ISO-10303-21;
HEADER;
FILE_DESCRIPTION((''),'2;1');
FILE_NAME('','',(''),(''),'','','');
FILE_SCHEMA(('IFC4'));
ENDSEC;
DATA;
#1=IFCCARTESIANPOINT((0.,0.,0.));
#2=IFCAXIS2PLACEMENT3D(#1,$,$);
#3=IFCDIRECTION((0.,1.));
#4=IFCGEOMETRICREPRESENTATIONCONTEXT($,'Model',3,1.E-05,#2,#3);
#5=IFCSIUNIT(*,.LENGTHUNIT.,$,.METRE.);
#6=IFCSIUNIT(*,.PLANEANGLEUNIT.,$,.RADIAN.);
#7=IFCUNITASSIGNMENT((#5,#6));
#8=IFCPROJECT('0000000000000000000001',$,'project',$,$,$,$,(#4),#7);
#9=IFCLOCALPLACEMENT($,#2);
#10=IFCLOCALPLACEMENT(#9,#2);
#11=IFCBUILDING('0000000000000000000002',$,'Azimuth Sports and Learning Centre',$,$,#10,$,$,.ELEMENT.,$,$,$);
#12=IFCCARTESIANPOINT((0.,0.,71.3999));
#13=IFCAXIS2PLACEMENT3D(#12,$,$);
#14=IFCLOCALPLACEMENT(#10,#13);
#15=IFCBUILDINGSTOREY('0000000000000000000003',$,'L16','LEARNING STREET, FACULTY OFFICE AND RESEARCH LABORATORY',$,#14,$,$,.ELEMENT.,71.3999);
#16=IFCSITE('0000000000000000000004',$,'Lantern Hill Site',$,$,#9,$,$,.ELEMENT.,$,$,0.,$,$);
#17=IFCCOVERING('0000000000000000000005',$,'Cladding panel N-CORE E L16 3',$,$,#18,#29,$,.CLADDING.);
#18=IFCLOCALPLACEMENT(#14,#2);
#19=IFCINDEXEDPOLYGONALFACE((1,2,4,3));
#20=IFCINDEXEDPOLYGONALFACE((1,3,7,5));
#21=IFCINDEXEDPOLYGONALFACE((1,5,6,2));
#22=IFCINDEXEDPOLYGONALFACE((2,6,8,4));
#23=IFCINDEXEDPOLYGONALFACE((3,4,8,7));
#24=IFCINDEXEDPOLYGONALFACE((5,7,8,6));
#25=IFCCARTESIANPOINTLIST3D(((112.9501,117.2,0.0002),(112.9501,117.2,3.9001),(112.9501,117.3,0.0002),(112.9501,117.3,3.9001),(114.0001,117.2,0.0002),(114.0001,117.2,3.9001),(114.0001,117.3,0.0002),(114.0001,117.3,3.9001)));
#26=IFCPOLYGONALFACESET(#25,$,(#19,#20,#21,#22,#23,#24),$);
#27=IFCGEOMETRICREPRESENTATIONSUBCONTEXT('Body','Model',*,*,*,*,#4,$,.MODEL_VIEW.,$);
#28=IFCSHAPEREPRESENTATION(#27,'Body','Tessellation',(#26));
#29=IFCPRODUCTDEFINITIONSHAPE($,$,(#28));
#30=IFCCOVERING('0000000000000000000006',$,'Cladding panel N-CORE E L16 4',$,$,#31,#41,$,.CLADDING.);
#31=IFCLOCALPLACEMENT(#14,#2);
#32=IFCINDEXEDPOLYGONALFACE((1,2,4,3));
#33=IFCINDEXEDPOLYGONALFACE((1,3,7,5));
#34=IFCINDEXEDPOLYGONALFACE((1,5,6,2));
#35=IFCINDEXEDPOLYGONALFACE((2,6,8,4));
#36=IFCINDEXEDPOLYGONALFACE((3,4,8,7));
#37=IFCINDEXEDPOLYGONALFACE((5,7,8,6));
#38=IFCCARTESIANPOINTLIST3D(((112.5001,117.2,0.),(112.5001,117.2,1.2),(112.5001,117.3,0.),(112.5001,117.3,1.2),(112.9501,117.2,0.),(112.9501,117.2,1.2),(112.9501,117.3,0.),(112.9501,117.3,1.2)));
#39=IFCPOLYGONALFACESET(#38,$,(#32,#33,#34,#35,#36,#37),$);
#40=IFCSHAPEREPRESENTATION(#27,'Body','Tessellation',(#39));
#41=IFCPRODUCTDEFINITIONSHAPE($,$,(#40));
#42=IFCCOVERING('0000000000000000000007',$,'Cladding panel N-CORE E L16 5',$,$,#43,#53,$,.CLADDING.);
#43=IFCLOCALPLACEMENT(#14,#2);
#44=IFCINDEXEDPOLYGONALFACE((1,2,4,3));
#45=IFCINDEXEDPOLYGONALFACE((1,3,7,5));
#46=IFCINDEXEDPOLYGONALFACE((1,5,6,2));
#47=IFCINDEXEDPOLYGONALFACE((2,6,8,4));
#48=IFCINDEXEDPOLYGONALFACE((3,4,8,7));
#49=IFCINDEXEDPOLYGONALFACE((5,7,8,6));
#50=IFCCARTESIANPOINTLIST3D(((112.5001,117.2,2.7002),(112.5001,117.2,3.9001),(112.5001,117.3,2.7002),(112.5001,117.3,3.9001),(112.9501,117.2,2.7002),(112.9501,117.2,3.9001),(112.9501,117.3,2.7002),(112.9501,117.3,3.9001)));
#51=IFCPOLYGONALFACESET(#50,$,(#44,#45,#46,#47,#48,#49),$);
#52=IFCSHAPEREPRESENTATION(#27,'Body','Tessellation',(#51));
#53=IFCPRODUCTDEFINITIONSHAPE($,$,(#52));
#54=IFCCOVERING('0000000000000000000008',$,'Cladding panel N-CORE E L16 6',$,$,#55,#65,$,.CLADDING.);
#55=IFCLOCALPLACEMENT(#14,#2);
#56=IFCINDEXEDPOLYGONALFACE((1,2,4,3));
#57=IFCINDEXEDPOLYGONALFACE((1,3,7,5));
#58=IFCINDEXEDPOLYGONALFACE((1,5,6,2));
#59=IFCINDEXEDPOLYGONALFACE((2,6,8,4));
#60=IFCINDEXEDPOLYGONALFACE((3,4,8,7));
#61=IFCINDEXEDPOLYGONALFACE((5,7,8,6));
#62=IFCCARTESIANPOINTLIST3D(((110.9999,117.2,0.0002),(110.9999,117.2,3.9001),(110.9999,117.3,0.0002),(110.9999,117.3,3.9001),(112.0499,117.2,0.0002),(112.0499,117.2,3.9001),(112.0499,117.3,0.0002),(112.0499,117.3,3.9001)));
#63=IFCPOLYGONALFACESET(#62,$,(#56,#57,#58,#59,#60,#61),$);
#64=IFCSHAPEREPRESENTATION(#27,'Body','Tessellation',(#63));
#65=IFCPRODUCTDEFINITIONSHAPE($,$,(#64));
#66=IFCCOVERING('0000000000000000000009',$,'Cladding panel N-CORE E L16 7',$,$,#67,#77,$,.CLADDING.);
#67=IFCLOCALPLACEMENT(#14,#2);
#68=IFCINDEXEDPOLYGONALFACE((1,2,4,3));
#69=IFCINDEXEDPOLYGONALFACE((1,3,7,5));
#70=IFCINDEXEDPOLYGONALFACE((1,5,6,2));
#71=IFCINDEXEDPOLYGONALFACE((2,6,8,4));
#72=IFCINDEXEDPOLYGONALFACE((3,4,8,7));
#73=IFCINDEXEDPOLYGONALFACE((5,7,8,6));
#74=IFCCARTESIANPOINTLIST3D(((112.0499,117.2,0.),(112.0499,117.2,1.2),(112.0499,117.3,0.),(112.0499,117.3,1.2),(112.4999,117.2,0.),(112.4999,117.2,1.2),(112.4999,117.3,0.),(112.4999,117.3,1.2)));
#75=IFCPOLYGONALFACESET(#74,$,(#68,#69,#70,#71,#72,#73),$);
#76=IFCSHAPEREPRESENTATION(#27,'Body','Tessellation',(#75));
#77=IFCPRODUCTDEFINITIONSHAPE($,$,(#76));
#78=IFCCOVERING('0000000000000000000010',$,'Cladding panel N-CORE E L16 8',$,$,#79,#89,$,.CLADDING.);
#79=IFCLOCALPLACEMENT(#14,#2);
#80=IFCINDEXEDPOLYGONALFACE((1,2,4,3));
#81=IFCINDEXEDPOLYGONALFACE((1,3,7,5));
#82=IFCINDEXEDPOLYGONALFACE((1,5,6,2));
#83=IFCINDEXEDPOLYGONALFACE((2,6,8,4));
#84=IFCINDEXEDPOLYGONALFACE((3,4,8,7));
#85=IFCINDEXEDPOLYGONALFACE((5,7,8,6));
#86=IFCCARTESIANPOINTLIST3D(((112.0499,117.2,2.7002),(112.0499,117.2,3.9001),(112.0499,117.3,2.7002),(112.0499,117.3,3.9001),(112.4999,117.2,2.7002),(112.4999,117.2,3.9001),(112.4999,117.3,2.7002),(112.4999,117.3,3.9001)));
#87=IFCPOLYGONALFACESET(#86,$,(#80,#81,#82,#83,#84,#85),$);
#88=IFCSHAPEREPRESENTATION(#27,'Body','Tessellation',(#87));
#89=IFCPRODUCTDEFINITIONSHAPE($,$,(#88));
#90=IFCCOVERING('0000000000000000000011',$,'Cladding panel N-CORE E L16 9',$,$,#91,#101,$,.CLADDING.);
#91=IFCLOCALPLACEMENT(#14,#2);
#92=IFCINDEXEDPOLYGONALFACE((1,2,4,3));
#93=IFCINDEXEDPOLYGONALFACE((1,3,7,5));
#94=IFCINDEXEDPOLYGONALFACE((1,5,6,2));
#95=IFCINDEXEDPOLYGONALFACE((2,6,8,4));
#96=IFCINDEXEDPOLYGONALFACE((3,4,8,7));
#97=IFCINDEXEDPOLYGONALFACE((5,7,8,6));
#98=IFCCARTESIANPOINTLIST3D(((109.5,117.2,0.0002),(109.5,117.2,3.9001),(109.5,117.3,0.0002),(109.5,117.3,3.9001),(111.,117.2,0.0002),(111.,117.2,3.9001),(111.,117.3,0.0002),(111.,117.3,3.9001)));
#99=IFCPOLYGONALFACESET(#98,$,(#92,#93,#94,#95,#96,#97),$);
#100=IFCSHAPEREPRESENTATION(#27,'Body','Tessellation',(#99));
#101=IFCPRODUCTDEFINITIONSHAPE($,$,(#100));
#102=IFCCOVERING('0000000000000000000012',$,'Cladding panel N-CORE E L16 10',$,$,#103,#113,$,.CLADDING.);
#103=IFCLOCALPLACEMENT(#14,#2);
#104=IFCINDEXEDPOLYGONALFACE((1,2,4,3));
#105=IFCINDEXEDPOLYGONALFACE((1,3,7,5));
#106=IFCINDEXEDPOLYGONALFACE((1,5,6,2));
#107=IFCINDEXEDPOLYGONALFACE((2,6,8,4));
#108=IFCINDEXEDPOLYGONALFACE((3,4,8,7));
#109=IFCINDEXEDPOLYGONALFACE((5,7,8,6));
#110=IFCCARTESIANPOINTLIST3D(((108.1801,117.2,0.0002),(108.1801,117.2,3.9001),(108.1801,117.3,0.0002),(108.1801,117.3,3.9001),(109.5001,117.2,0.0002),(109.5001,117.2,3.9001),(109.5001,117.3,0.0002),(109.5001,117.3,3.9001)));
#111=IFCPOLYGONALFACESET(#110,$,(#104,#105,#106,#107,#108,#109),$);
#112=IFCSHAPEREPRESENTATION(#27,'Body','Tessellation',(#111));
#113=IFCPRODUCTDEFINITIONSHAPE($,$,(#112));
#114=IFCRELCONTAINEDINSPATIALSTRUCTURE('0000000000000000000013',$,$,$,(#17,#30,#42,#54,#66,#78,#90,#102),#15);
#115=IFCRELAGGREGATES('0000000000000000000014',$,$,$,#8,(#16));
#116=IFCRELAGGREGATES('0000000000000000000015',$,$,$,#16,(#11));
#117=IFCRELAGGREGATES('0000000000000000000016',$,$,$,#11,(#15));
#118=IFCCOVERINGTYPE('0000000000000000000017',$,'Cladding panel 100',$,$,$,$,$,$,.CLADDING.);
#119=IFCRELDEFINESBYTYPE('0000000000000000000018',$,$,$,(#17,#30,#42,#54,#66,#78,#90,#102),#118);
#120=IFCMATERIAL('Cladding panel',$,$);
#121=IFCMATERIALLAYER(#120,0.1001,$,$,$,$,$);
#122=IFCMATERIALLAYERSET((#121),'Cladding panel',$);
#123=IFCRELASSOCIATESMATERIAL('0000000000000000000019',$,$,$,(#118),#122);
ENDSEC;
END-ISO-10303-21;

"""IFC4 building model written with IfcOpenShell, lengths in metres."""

from ifc_helpers import new_model, si_unit, direction, frame, origin, origin_2d, place, context, subcontext, project, spatial, rectangle, extrude, material, layer, layer_set, type_object, element, save


model = new_model("IFC4")

# Units and contexts
model_context = context("Model", 3, precision=1e-05, world=origin(), true_north=direction((0.0, 1.0)))
body_context = subcontext(model_context, "Body", "Model", "MODEL_VIEW")
ifc_project = project(units=[si_unit("LENGTHUNIT", "METRE"), si_unit("PLANEANGLEUNIT", "RADIAN")], contexts=[model_context])

# Site, building, storey
site_placement = place(None, origin())
site = spatial("IfcSite", under=ifc_project, at=site_placement, Name="Lantern Hill Site", CompositionType="ELEMENT", RefElevation=0.0)
building_placement = place(site_placement, origin())
building = spatial("IfcBuilding", under=site, at=building_placement, Name="Azimuth Sports and Learning Centre", CompositionType="ELEMENT")
storey_placement = place(building_placement, frame((0.0, 0.0, 71.3999)))
storey = spatial("IfcBuildingStorey", under=building, at=storey_placement, Name="L16", Description="LEARNING STREET, FACULTY OFFICE AND RESEARCH LABORATORY", CompositionType="ELEMENT", Elevation=71.3999)

# Coverings
ifc_material_1 = material(Name="Cladding panel")
ifc_layer_1 = layer(ifc_material_1, 0.1001)
ifc_layer_set_1 = layer_set([ifc_layer_1], Name="Cladding panel")
covering_type = type_object("IfcCoveringType", Name="Cladding panel 100", PredefinedType="CLADDING", material=ifc_layer_set_1)
covering_1_placement = place(storey_placement, frame((113.4751, 117.25, 0.0002), z_axis=(0.0, 0.0, 1.0), x_axis=(-1.0, 0.0, 0.0)))
element("IfcCovering", 1, at=covering_1_placement, inside=storey, type_object=covering_type, Name="Cladding panel N-CORE E L16 3", PredefinedType="CLADDING", context=body_context, shape_type="SweptSolid", body=[
    extrude(rectangle(XDim=1.05, YDim=0.1001, at=origin_2d()), origin(), (0.0, 0.0, 1.0), 3.8999),
])
for number, where, z_axis, x_axis, name in (
    (2, (112.7251, 117.25, 0.0), (0.0, 0.0, 1.0), (-1.0, 0.0, 0.0), "Cladding panel N-CORE E L16 4"),
    (3, (112.7251, 117.25, 2.7002), (0.0, 0.0, 1.0), (-1.0, 0.0, 0.0), "Cladding panel N-CORE E L16 5"),
):
    element("IfcCovering", number, at=place(storey_placement, frame(where, z_axis=z_axis, x_axis=x_axis)), inside=storey, type_object=covering_type, Name=name, PredefinedType="CLADDING", context=body_context, shape_type="SweptSolid", body=[
        extrude(rectangle(XDim=0.45, YDim=0.1001, at=origin_2d()), origin(), (0.0, 0.0, 1.0), 1.2),
    ])
covering_2_placement = place(storey_placement, frame((111.5249, 117.25, 0.0002), z_axis=(0.0, 0.0, 1.0), x_axis=(-1.0, 0.0, 0.0)))
element("IfcCovering", 4, at=covering_2_placement, inside=storey, type_object=covering_type, Name="Cladding panel N-CORE E L16 6", PredefinedType="CLADDING", context=body_context, shape_type="SweptSolid", body=[
    extrude(rectangle(XDim=1.05, YDim=0.1001, at=origin_2d()), origin(), (0.0, 0.0, 1.0), 3.8999),
])
for number, where, z_axis, x_axis, name in (
    (5, (112.2749, 117.25, 0.0), (0.0, 0.0, 1.0), (-1.0, 0.0, 0.0), "Cladding panel N-CORE E L16 7"),
    (6, (112.2749, 117.25, 2.7002), (0.0, 0.0, 1.0), (-1.0, 0.0, 0.0), "Cladding panel N-CORE E L16 8"),
):
    element("IfcCovering", number, at=place(storey_placement, frame(where, z_axis=z_axis, x_axis=x_axis)), inside=storey, type_object=covering_type, Name=name, PredefinedType="CLADDING", context=body_context, shape_type="SweptSolid", body=[
        extrude(rectangle(XDim=0.45, YDim=0.1001, at=origin_2d()), origin(), (0.0, 0.0, 1.0), 1.2),
    ])
covering_3_placement = place(storey_placement, frame((110.25, 117.25, 0.0002), z_axis=(0.0, 0.0, 1.0), x_axis=(-1.0, 0.0, 0.0)))
element("IfcCovering", 7, at=covering_3_placement, inside=storey, type_object=covering_type, Name="Cladding panel N-CORE E L16 9", PredefinedType="CLADDING", context=body_context, shape_type="SweptSolid", body=[
    extrude(rectangle(XDim=1.5, YDim=0.1001, at=origin_2d()), origin(), (0.0, 0.0, 1.0), 3.8999),
])
covering_4_placement = place(storey_placement, frame((108.8401, 117.25, 0.0002), z_axis=(0.0, 0.0, 1.0), x_axis=(-1.0, 0.0, 0.0)))
element("IfcCovering", 8, at=covering_4_placement, inside=storey, type_object=covering_type, Name="Cladding panel N-CORE E L16 10", PredefinedType="CLADDING", context=body_context, shape_type="SweptSolid", body=[
    extrude(rectangle(XDim=1.3201, YDim=0.1001, at=origin_2d()), origin(), (0.0, 0.0, 1.0), 3.8999),
])

save(model, "model.ifc")
